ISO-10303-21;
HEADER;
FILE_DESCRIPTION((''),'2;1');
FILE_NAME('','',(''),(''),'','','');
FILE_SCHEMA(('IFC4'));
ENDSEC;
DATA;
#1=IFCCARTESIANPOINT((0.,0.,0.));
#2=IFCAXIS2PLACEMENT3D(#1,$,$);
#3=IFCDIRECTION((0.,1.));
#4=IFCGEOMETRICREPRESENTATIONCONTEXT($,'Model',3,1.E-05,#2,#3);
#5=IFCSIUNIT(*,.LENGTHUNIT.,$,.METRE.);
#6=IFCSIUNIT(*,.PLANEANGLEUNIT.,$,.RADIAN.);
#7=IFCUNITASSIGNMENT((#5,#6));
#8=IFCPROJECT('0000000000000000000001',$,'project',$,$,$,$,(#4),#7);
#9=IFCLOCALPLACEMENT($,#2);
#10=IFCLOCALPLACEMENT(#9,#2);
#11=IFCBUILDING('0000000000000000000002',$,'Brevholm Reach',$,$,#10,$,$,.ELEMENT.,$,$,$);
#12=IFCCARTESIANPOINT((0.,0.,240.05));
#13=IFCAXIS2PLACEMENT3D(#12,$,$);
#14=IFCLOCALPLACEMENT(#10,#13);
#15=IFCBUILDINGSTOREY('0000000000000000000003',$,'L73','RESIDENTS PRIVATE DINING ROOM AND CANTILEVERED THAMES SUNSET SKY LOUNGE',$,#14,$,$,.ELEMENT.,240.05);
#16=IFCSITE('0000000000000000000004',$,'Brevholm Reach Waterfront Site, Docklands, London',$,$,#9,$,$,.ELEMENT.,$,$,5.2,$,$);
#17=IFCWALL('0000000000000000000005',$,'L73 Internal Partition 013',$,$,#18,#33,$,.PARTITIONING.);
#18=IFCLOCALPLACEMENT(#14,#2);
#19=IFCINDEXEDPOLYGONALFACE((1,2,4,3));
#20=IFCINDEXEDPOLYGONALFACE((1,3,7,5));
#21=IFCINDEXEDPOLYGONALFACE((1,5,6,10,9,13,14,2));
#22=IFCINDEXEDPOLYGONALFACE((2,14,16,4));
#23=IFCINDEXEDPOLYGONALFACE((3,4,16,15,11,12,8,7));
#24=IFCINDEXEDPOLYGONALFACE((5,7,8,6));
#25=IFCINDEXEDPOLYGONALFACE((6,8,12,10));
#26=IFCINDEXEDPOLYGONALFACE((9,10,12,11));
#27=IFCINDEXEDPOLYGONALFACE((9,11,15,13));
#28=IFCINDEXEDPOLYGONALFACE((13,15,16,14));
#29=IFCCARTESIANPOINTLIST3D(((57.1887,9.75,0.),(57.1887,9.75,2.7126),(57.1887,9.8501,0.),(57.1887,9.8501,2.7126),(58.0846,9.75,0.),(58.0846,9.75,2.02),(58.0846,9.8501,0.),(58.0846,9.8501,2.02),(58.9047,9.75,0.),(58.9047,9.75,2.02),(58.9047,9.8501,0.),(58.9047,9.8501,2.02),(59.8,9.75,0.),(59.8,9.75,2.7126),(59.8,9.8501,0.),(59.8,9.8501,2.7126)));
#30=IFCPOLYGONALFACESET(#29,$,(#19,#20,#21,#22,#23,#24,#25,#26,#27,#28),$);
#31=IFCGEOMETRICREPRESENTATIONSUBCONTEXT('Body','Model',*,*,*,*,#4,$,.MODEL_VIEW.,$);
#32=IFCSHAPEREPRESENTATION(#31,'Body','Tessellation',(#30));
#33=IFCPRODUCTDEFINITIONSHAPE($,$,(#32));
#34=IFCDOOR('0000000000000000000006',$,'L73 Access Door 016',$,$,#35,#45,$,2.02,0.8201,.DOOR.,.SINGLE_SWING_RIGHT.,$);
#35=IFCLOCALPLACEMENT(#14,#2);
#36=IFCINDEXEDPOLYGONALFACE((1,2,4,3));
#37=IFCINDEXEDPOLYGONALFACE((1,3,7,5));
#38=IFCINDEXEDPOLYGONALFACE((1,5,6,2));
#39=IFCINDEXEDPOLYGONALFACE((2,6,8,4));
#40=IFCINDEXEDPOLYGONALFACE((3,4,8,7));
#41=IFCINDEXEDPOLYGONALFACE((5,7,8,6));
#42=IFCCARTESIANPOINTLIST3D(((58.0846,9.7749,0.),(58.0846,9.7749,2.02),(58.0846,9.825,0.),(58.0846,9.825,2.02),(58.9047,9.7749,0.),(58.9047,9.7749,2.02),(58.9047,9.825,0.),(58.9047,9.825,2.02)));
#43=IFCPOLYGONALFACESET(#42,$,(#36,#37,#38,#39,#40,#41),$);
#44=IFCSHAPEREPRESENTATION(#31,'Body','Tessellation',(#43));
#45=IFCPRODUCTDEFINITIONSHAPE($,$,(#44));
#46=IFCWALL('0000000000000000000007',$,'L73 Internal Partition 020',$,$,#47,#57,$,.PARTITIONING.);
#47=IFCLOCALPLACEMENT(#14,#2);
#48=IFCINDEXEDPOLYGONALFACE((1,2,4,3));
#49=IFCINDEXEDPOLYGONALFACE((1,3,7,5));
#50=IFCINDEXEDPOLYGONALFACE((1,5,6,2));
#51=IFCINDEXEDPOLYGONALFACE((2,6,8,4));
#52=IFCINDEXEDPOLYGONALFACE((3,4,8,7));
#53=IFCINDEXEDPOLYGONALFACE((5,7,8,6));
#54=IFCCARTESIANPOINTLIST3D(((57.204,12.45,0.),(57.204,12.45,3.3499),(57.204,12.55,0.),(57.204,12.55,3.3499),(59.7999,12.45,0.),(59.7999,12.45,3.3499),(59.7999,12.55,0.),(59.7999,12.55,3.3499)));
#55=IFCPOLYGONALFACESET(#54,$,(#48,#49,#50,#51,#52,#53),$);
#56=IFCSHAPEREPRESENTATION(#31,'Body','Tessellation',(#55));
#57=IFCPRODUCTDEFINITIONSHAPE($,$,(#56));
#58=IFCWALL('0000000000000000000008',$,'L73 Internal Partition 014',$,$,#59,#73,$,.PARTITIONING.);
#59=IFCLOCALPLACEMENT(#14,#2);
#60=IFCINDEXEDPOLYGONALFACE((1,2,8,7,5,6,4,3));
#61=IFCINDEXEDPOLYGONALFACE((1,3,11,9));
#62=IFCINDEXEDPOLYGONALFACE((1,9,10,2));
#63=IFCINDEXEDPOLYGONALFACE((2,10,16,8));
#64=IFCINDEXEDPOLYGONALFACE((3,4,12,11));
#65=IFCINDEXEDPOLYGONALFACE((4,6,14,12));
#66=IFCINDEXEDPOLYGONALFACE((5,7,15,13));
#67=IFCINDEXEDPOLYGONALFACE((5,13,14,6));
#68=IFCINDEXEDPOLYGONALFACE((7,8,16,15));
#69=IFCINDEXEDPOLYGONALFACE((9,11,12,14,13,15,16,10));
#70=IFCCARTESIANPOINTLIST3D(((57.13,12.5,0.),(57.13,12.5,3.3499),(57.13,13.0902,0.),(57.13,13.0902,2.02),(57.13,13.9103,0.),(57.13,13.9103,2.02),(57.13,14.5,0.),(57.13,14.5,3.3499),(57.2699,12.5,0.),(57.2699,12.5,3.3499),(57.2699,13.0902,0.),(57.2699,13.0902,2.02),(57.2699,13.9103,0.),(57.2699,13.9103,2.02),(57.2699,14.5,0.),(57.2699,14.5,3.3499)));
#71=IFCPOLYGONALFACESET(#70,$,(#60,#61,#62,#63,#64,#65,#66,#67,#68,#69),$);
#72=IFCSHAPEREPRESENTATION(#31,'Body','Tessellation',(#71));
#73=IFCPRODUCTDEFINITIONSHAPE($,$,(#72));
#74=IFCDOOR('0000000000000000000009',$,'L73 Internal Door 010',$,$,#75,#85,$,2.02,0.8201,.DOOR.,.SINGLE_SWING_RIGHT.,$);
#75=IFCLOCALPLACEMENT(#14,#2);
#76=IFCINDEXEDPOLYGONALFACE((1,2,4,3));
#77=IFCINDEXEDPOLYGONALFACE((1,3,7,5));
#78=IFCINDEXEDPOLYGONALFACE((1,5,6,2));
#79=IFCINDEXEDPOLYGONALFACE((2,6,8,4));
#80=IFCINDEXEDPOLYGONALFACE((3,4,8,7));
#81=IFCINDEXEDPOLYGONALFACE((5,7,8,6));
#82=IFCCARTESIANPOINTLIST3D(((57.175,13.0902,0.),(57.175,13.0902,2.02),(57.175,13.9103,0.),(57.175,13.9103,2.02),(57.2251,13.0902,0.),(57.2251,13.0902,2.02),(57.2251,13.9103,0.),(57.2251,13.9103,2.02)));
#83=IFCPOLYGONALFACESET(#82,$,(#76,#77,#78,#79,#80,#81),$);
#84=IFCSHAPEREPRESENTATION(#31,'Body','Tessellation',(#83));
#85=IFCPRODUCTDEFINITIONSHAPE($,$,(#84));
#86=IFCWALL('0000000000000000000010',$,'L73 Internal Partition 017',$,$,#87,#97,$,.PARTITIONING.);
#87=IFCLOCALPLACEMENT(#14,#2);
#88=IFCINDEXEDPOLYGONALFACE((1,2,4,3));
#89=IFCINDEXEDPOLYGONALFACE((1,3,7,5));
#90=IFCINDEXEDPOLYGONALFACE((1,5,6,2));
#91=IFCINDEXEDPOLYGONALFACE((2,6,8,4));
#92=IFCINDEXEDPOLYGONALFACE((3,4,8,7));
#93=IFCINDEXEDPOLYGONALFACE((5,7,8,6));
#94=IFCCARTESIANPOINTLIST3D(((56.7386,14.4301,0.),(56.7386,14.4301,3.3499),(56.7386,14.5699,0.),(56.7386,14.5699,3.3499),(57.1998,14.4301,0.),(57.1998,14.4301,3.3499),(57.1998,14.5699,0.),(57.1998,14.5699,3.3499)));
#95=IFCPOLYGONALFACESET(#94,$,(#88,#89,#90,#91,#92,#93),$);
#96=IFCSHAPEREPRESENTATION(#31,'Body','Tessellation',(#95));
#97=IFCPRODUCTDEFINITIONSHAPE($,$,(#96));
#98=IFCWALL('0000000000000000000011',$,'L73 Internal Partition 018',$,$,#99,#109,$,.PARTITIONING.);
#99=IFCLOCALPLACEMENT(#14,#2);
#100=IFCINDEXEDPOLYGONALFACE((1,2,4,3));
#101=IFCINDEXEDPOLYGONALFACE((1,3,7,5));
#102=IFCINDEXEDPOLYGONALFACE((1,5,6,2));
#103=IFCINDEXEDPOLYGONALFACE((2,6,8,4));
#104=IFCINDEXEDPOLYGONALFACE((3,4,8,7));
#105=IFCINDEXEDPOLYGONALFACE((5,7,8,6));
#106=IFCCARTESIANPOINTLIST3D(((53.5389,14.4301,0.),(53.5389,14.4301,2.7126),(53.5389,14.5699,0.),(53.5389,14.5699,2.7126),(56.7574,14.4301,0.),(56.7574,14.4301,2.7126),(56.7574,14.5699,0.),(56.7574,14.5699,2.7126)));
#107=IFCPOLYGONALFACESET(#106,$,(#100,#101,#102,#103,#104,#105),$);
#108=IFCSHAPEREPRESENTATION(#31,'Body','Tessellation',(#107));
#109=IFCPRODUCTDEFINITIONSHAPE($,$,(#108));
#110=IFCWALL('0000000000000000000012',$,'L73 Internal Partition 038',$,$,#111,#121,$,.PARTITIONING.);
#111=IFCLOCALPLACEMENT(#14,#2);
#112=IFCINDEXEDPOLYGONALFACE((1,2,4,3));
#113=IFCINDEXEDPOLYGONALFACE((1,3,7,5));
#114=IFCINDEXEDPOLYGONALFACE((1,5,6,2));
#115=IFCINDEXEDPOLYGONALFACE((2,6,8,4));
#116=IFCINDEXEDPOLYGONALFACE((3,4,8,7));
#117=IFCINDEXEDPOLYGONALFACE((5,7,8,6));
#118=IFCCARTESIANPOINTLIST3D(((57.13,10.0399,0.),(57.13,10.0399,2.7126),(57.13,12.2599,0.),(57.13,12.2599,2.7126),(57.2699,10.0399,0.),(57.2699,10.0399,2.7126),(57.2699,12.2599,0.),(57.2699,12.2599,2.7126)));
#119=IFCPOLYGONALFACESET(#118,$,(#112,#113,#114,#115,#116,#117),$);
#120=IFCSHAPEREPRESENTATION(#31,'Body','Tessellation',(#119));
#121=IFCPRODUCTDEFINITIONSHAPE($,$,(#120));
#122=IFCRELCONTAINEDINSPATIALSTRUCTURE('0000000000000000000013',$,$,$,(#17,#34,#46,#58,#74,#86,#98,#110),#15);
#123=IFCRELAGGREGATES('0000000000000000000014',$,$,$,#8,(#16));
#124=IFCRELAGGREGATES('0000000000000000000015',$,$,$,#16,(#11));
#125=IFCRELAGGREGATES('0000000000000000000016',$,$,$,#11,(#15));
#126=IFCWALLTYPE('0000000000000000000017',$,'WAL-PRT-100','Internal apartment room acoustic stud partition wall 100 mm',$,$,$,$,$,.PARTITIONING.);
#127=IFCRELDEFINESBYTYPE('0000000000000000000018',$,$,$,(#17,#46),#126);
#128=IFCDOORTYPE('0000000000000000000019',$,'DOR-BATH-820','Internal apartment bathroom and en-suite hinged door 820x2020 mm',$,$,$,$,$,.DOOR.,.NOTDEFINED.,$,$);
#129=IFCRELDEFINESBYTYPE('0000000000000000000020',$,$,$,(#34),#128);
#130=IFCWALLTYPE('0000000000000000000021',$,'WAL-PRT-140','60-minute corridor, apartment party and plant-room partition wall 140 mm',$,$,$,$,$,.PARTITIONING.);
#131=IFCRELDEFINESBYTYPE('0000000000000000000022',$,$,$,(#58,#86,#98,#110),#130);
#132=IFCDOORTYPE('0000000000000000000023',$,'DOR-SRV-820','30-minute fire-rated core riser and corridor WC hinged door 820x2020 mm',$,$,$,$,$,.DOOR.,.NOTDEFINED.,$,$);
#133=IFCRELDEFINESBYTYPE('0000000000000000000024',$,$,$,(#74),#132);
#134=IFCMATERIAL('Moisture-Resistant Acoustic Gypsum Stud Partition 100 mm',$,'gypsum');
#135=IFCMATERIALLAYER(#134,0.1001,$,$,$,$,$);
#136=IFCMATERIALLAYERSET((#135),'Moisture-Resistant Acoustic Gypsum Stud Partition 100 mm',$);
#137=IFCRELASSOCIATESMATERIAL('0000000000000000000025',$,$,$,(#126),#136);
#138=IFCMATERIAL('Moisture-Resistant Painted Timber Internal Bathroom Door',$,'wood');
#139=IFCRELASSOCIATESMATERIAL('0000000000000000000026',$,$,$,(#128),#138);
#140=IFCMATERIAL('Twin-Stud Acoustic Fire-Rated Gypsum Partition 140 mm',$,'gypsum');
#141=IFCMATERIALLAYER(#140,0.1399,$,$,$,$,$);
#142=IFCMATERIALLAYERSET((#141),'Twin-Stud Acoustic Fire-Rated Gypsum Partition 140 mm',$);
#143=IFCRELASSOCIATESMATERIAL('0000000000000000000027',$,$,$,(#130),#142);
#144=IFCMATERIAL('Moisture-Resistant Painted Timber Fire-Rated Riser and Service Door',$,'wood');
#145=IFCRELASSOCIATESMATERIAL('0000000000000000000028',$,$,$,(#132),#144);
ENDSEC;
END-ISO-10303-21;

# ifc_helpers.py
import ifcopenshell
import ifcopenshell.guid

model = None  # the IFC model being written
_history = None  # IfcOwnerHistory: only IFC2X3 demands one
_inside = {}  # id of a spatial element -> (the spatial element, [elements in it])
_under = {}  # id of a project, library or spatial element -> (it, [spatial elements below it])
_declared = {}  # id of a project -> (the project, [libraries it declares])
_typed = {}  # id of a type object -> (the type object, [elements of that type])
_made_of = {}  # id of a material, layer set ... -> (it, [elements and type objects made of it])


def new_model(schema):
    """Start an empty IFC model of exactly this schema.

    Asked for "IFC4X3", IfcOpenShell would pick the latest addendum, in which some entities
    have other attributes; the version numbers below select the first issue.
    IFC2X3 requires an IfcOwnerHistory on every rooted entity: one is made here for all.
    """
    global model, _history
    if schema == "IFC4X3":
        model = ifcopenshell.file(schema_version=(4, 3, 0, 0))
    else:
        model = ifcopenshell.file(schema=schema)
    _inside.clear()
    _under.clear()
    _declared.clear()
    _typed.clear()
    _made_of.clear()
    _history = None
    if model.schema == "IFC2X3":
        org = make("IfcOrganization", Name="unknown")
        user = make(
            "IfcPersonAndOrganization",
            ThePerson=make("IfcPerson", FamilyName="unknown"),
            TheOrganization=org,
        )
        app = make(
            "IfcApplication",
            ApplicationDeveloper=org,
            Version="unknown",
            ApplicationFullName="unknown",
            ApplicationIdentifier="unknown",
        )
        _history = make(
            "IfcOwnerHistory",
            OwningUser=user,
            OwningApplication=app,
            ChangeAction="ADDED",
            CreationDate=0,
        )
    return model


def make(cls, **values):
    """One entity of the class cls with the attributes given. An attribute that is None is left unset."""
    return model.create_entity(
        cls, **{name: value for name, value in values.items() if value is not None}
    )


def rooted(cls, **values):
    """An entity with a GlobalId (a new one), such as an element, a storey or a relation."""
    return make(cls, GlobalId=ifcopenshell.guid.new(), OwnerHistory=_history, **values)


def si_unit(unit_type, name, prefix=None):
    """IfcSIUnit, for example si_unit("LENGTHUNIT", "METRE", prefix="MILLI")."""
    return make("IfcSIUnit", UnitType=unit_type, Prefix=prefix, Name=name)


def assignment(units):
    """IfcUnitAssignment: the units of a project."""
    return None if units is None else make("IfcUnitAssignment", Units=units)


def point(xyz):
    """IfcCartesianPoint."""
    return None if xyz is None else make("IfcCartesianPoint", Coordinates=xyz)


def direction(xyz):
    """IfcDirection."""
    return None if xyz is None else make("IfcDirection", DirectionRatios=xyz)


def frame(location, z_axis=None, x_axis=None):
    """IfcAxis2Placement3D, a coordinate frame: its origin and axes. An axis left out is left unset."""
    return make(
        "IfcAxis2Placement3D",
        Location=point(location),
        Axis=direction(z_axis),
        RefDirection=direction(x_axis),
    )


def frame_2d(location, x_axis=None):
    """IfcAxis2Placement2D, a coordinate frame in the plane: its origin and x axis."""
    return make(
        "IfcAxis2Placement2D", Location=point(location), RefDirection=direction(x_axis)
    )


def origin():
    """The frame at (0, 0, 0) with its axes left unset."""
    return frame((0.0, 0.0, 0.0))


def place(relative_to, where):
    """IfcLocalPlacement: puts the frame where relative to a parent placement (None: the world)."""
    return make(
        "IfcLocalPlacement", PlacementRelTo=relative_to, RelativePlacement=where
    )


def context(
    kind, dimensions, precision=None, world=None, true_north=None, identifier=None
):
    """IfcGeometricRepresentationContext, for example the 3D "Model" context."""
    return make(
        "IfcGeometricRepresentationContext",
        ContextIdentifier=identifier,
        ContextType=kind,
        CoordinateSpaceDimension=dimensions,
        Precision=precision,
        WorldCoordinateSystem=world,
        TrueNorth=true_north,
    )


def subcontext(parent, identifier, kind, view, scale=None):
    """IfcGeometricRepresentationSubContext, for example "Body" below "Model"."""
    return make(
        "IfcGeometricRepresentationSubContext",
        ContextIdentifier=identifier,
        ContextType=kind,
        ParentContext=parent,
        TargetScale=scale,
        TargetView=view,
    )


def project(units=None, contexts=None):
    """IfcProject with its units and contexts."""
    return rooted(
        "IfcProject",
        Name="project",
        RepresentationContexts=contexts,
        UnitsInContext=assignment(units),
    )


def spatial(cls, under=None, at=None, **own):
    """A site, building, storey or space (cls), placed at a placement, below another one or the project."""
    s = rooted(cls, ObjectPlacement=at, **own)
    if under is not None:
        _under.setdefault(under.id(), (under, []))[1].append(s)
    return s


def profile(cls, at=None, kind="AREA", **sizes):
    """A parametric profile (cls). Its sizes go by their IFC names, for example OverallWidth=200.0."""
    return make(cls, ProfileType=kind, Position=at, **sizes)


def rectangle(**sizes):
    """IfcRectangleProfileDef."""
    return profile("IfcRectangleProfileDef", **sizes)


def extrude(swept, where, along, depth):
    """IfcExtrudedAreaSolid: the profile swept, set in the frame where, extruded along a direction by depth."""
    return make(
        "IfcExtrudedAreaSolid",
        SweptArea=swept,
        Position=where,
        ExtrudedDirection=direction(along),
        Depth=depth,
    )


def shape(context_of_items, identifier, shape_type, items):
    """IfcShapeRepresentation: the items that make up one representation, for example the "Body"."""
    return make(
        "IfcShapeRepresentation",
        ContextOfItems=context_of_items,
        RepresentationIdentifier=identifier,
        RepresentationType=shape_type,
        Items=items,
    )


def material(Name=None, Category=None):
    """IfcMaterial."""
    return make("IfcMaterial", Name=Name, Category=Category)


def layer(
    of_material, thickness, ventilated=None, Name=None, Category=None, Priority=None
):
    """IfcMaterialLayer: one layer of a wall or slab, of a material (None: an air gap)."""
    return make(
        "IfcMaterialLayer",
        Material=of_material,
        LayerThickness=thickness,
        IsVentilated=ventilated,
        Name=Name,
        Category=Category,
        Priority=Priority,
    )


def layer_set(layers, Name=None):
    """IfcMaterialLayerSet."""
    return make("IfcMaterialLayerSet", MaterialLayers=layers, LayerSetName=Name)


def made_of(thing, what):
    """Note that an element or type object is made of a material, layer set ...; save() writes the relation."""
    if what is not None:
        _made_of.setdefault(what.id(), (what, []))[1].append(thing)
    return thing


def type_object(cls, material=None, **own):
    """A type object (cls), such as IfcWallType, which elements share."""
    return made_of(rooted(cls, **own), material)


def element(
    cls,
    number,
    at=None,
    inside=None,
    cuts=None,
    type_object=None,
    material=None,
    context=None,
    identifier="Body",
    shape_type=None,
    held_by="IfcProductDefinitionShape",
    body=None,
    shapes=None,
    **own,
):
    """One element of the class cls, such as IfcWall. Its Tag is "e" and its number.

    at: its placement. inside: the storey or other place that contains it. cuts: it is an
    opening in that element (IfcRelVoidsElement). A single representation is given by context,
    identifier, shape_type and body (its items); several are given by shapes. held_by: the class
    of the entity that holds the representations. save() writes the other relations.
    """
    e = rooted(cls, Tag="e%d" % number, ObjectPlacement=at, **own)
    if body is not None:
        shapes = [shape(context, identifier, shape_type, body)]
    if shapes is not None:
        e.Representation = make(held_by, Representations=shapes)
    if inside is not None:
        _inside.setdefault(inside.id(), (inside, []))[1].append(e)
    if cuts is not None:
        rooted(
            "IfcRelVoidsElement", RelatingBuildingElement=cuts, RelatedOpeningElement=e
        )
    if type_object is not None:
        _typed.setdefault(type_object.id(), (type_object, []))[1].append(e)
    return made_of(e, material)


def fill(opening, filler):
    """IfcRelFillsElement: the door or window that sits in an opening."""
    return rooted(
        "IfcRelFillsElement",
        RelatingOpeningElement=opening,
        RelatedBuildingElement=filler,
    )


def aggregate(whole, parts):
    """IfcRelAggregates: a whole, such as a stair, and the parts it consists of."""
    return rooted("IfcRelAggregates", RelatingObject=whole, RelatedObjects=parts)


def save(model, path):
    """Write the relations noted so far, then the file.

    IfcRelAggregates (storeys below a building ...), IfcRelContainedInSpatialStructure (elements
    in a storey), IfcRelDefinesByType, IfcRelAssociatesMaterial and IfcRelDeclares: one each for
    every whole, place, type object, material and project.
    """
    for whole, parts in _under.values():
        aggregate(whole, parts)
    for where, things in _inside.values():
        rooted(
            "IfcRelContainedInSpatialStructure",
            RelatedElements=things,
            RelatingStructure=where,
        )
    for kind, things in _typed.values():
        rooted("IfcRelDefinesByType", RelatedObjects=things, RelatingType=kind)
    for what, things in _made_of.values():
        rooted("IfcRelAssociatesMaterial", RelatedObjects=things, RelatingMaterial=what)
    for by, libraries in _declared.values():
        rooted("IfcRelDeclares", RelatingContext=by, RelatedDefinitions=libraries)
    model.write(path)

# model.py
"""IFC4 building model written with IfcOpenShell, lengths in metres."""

from ifc_helpers import new_model, si_unit, direction, frame, frame_2d, origin, place, context, subcontext, project, spatial, rectangle, extrude, material, layer, layer_set, type_object, element, fill, save


model = new_model("IFC4")

# Units and contexts
model_context = context("Model", 3, precision=1e-05, world=origin(), true_north=direction((0.0, 1.0)))
body_context = subcontext(model_context, "Body", "Model", "MODEL_VIEW")
ifc_project = project(units=[si_unit("LENGTHUNIT", "METRE"), si_unit("PLANEANGLEUNIT", "RADIAN")], contexts=[model_context])

# Site, building, storey
site_placement = place(None, origin())
site = spatial("IfcSite", under=ifc_project, at=site_placement, Name="Brevholm Reach Waterfront Site, Docklands, London", CompositionType="ELEMENT", RefElevation=5.2)
building_placement = place(site_placement, origin())
building = spatial("IfcBuilding", under=site, at=building_placement, Name="Brevholm Reach", CompositionType="ELEMENT")
storey_placement = place(building_placement, frame((0.0, 0.0, 240.05)))
storey = spatial("IfcBuildingStorey", under=building, at=storey_placement, Name="L73", Description="RESIDENTS PRIVATE DINING ROOM AND CANTILEVERED THAMES SUNSET SKY LOUNGE", CompositionType="ELEMENT", Elevation=240.05)

# Wall, opening, door
ifc_material_1 = material(Name="Moisture-Resistant Acoustic Gypsum Stud Partition 100 mm", Category="gypsum")
ifc_layer_1 = layer(ifc_material_1, 0.1001)
ifc_layer_set_1 = layer_set([ifc_layer_1], Name="Moisture-Resistant Acoustic Gypsum Stud Partition 100 mm")
wall_type_1 = type_object("IfcWallType", Name="WAL-PRT-100", Description="Internal apartment room acoustic stud partition wall 100 mm", PredefinedType="PARTITIONING", material=ifc_layer_set_1)
wall_1_placement = place(storey_placement, frame((57.1887, 9.8, 0.0), z_axis=(0.0, 0.0, 1.0), x_axis=(1.0, 0.0, 0.0)))
wall_1 = element("IfcWall", 1, at=wall_1_placement, inside=storey, type_object=wall_type_1, Name="L73 Internal Partition 013", PredefinedType="PARTITIONING", context=body_context, shape_type="SweptSolid", body=[
    extrude(rectangle(XDim=2.6113, YDim=0.1001, at=frame_2d((1.3057, 0.0))), origin(), (0.0, 0.0, 1.0), 2.7126),
])
opening_1_placement = place(wall_1_placement, frame((0.8958, 0.0, 0.0)))
opening_1 = element("IfcOpeningElement", 2, at=opening_1_placement, cuts=wall_1, PredefinedType="OPENING", context=body_context, shape_type="SweptSolid", body=[
    extrude(rectangle(XDim=0.8201, YDim=2.02, at=frame_2d((0.4102, 1.01))), frame((0.0, 0.0601, 0.0), z_axis=(0.0, -1.0, 0.0), x_axis=(1.0, 0.0, 0.0)), (0.0, 0.0, 1.0), 0.1201),
])
ifc_material_2 = material(Name="Moisture-Resistant Painted Timber Internal Bathroom Door", Category="wood")
door_type_1 = type_object("IfcDoorType", Name="DOR-BATH-820", Description="Internal apartment bathroom and en-suite hinged door 820x2020 mm", OperationType="NOTDEFINED", PredefinedType="DOOR", material=ifc_material_2)
door_1_placement = place(opening_1_placement, origin())
door_1 = element("IfcDoor", 3, at=door_1_placement, inside=storey, type_object=door_type_1, Name="L73 Access Door 016", OperationType="SINGLE_SWING_RIGHT", OverallHeight=2.02, OverallWidth=0.8201, PredefinedType="DOOR", context=body_context, shape_type="SweptSolid", body=[
    extrude(rectangle(XDim=0.8201, YDim=2.02, at=frame_2d((0.4102, 1.01))), frame((0.0, 0.0249, 0.0), z_axis=(0.0, -1.0, 0.0), x_axis=(1.0, 0.0, 0.0)), (0.0, 0.0, 1.0), 0.05),
])
fill(opening_1, door_1)

# Wall
wall_2_placement = place(storey_placement, frame((57.2041, 12.5, 0.0), z_axis=(0.0, 0.0, 1.0), x_axis=(1.0, 0.0, 0.0)))
element("IfcWall", 4, at=wall_2_placement, inside=storey, type_object=wall_type_1, Name="L73 Internal Partition 020", PredefinedType="PARTITIONING", context=body_context, shape_type="SweptSolid", body=[
    extrude(rectangle(XDim=2.5959, YDim=0.1001, at=frame_2d((1.2979, 0.0))), origin(), (0.0, 0.0, 1.0), 3.3499),
])

# Wall, opening, door
ifc_material_3 = material(Name="Twin-Stud Acoustic Fire-Rated Gypsum Partition 140 mm", Category="gypsum")
ifc_layer_2 = layer(ifc_material_3, 0.1399)
ifc_layer_set_2 = layer_set([ifc_layer_2], Name="Twin-Stud Acoustic Fire-Rated Gypsum Partition 140 mm")
wall_type_2 = type_object("IfcWallType", Name="WAL-PRT-140", Description="60-minute corridor, apartment party and plant-room partition wall 140 mm", PredefinedType="PARTITIONING", material=ifc_layer_set_2)
wall_3_placement = place(storey_placement, frame((57.2, 12.5, 0.0), z_axis=(0.0, 0.0, 1.0), x_axis=(0.0, 1.0, 0.0)))
wall_3 = element("IfcWall", 5, at=wall_3_placement, inside=storey, type_object=wall_type_2, Name="L73 Internal Partition 014", PredefinedType="PARTITIONING", context=body_context, shape_type="SweptSolid", body=[
    extrude(rectangle(XDim=2.0, YDim=0.1399, at=frame_2d((1.0, 0.0))), origin(), (0.0, 0.0, 1.0), 3.3499),
])
opening_2_placement = place(wall_3_placement, frame((0.5901, 0.0, 0.0)))
opening_2 = element("IfcOpeningElement", 6, at=opening_2_placement, cuts=wall_3, PredefinedType="OPENING", context=body_context, shape_type="SweptSolid", body=[
    extrude(rectangle(XDim=0.8201, YDim=2.02, at=frame_2d((0.4102, 1.01))), frame((0.0, 0.0798, 0.0), z_axis=(0.0, -1.0, 0.0), x_axis=(1.0, 0.0, 0.0)), (0.0, 0.0, 1.0), 0.1599),
])
ifc_material_4 = material(Name="Moisture-Resistant Painted Timber Fire-Rated Riser and Service Door", Category="wood")
door_type_2 = type_object("IfcDoorType", Name="DOR-SRV-820", Description="30-minute fire-rated core riser and corridor WC hinged door 820x2020 mm", OperationType="NOTDEFINED", PredefinedType="DOOR", material=ifc_material_4)
door_2_placement = place(opening_2_placement, origin())
door_2 = element("IfcDoor", 7, at=door_2_placement, inside=storey, type_object=door_type_2, Name="L73 Internal Door 010", OperationType="SINGLE_SWING_RIGHT", OverallHeight=2.02, OverallWidth=0.8201, PredefinedType="DOOR", context=body_context, shape_type="SweptSolid", body=[
    extrude(rectangle(XDim=0.8201, YDim=2.02, at=frame_2d((0.4102, 1.01))), frame((0.0, 0.0249, 0.0), z_axis=(0.0, -1.0, 0.0), x_axis=(1.0, 0.0, 0.0)), (0.0, 0.0, 1.0), 0.05),
])
fill(opening_2, door_2)

# Walls
wall_4_placement = place(storey_placement, frame((56.7388, 14.5, 0.0), z_axis=(0.0, 0.0, 1.0), x_axis=(1.0, 0.0, 0.0)))
element("IfcWall", 8, at=wall_4_placement, inside=storey, type_object=wall_type_2, Name="L73 Internal Partition 017", PredefinedType="PARTITIONING", context=body_context, shape_type="SweptSolid", body=[
    extrude(rectangle(XDim=0.4612, YDim=0.1399, at=frame_2d((0.2305, 0.0))), origin(), (0.0, 0.0, 1.0), 3.3499),
])
wall_5_placement = place(storey_placement, frame((53.5388, 14.5, 0.0), z_axis=(0.0, 0.0, 1.0), x_axis=(1.0, 0.0, 0.0)))
element("IfcWall", 9, at=wall_5_placement, inside=storey, type_object=wall_type_2, Name="L73 Internal Partition 018", PredefinedType="PARTITIONING", context=body_context, shape_type="SweptSolid", body=[
    extrude(rectangle(XDim=3.2185, YDim=0.1399, at=frame_2d((1.6094, 0.0))), origin(), (0.0, 0.0, 1.0), 2.7126),
])
wall_6_placement = place(storey_placement, frame((57.2, 10.04, 0.0), z_axis=(0.0, 0.0, 1.0), x_axis=(0.0, 1.0, 0.0)))
element("IfcWall", 10, at=wall_6_placement, inside=storey, type_object=wall_type_2, Name="L73 Internal Partition 038", PredefinedType="PARTITIONING", context=body_context, shape_type="SweptSolid", body=[
    extrude(rectangle(XDim=2.22, YDim=0.1399, at=frame_2d((1.1099, 0.0))), origin(), (0.0, 0.0, 1.0), 2.7126),
])

save(model, "model.ifc")
